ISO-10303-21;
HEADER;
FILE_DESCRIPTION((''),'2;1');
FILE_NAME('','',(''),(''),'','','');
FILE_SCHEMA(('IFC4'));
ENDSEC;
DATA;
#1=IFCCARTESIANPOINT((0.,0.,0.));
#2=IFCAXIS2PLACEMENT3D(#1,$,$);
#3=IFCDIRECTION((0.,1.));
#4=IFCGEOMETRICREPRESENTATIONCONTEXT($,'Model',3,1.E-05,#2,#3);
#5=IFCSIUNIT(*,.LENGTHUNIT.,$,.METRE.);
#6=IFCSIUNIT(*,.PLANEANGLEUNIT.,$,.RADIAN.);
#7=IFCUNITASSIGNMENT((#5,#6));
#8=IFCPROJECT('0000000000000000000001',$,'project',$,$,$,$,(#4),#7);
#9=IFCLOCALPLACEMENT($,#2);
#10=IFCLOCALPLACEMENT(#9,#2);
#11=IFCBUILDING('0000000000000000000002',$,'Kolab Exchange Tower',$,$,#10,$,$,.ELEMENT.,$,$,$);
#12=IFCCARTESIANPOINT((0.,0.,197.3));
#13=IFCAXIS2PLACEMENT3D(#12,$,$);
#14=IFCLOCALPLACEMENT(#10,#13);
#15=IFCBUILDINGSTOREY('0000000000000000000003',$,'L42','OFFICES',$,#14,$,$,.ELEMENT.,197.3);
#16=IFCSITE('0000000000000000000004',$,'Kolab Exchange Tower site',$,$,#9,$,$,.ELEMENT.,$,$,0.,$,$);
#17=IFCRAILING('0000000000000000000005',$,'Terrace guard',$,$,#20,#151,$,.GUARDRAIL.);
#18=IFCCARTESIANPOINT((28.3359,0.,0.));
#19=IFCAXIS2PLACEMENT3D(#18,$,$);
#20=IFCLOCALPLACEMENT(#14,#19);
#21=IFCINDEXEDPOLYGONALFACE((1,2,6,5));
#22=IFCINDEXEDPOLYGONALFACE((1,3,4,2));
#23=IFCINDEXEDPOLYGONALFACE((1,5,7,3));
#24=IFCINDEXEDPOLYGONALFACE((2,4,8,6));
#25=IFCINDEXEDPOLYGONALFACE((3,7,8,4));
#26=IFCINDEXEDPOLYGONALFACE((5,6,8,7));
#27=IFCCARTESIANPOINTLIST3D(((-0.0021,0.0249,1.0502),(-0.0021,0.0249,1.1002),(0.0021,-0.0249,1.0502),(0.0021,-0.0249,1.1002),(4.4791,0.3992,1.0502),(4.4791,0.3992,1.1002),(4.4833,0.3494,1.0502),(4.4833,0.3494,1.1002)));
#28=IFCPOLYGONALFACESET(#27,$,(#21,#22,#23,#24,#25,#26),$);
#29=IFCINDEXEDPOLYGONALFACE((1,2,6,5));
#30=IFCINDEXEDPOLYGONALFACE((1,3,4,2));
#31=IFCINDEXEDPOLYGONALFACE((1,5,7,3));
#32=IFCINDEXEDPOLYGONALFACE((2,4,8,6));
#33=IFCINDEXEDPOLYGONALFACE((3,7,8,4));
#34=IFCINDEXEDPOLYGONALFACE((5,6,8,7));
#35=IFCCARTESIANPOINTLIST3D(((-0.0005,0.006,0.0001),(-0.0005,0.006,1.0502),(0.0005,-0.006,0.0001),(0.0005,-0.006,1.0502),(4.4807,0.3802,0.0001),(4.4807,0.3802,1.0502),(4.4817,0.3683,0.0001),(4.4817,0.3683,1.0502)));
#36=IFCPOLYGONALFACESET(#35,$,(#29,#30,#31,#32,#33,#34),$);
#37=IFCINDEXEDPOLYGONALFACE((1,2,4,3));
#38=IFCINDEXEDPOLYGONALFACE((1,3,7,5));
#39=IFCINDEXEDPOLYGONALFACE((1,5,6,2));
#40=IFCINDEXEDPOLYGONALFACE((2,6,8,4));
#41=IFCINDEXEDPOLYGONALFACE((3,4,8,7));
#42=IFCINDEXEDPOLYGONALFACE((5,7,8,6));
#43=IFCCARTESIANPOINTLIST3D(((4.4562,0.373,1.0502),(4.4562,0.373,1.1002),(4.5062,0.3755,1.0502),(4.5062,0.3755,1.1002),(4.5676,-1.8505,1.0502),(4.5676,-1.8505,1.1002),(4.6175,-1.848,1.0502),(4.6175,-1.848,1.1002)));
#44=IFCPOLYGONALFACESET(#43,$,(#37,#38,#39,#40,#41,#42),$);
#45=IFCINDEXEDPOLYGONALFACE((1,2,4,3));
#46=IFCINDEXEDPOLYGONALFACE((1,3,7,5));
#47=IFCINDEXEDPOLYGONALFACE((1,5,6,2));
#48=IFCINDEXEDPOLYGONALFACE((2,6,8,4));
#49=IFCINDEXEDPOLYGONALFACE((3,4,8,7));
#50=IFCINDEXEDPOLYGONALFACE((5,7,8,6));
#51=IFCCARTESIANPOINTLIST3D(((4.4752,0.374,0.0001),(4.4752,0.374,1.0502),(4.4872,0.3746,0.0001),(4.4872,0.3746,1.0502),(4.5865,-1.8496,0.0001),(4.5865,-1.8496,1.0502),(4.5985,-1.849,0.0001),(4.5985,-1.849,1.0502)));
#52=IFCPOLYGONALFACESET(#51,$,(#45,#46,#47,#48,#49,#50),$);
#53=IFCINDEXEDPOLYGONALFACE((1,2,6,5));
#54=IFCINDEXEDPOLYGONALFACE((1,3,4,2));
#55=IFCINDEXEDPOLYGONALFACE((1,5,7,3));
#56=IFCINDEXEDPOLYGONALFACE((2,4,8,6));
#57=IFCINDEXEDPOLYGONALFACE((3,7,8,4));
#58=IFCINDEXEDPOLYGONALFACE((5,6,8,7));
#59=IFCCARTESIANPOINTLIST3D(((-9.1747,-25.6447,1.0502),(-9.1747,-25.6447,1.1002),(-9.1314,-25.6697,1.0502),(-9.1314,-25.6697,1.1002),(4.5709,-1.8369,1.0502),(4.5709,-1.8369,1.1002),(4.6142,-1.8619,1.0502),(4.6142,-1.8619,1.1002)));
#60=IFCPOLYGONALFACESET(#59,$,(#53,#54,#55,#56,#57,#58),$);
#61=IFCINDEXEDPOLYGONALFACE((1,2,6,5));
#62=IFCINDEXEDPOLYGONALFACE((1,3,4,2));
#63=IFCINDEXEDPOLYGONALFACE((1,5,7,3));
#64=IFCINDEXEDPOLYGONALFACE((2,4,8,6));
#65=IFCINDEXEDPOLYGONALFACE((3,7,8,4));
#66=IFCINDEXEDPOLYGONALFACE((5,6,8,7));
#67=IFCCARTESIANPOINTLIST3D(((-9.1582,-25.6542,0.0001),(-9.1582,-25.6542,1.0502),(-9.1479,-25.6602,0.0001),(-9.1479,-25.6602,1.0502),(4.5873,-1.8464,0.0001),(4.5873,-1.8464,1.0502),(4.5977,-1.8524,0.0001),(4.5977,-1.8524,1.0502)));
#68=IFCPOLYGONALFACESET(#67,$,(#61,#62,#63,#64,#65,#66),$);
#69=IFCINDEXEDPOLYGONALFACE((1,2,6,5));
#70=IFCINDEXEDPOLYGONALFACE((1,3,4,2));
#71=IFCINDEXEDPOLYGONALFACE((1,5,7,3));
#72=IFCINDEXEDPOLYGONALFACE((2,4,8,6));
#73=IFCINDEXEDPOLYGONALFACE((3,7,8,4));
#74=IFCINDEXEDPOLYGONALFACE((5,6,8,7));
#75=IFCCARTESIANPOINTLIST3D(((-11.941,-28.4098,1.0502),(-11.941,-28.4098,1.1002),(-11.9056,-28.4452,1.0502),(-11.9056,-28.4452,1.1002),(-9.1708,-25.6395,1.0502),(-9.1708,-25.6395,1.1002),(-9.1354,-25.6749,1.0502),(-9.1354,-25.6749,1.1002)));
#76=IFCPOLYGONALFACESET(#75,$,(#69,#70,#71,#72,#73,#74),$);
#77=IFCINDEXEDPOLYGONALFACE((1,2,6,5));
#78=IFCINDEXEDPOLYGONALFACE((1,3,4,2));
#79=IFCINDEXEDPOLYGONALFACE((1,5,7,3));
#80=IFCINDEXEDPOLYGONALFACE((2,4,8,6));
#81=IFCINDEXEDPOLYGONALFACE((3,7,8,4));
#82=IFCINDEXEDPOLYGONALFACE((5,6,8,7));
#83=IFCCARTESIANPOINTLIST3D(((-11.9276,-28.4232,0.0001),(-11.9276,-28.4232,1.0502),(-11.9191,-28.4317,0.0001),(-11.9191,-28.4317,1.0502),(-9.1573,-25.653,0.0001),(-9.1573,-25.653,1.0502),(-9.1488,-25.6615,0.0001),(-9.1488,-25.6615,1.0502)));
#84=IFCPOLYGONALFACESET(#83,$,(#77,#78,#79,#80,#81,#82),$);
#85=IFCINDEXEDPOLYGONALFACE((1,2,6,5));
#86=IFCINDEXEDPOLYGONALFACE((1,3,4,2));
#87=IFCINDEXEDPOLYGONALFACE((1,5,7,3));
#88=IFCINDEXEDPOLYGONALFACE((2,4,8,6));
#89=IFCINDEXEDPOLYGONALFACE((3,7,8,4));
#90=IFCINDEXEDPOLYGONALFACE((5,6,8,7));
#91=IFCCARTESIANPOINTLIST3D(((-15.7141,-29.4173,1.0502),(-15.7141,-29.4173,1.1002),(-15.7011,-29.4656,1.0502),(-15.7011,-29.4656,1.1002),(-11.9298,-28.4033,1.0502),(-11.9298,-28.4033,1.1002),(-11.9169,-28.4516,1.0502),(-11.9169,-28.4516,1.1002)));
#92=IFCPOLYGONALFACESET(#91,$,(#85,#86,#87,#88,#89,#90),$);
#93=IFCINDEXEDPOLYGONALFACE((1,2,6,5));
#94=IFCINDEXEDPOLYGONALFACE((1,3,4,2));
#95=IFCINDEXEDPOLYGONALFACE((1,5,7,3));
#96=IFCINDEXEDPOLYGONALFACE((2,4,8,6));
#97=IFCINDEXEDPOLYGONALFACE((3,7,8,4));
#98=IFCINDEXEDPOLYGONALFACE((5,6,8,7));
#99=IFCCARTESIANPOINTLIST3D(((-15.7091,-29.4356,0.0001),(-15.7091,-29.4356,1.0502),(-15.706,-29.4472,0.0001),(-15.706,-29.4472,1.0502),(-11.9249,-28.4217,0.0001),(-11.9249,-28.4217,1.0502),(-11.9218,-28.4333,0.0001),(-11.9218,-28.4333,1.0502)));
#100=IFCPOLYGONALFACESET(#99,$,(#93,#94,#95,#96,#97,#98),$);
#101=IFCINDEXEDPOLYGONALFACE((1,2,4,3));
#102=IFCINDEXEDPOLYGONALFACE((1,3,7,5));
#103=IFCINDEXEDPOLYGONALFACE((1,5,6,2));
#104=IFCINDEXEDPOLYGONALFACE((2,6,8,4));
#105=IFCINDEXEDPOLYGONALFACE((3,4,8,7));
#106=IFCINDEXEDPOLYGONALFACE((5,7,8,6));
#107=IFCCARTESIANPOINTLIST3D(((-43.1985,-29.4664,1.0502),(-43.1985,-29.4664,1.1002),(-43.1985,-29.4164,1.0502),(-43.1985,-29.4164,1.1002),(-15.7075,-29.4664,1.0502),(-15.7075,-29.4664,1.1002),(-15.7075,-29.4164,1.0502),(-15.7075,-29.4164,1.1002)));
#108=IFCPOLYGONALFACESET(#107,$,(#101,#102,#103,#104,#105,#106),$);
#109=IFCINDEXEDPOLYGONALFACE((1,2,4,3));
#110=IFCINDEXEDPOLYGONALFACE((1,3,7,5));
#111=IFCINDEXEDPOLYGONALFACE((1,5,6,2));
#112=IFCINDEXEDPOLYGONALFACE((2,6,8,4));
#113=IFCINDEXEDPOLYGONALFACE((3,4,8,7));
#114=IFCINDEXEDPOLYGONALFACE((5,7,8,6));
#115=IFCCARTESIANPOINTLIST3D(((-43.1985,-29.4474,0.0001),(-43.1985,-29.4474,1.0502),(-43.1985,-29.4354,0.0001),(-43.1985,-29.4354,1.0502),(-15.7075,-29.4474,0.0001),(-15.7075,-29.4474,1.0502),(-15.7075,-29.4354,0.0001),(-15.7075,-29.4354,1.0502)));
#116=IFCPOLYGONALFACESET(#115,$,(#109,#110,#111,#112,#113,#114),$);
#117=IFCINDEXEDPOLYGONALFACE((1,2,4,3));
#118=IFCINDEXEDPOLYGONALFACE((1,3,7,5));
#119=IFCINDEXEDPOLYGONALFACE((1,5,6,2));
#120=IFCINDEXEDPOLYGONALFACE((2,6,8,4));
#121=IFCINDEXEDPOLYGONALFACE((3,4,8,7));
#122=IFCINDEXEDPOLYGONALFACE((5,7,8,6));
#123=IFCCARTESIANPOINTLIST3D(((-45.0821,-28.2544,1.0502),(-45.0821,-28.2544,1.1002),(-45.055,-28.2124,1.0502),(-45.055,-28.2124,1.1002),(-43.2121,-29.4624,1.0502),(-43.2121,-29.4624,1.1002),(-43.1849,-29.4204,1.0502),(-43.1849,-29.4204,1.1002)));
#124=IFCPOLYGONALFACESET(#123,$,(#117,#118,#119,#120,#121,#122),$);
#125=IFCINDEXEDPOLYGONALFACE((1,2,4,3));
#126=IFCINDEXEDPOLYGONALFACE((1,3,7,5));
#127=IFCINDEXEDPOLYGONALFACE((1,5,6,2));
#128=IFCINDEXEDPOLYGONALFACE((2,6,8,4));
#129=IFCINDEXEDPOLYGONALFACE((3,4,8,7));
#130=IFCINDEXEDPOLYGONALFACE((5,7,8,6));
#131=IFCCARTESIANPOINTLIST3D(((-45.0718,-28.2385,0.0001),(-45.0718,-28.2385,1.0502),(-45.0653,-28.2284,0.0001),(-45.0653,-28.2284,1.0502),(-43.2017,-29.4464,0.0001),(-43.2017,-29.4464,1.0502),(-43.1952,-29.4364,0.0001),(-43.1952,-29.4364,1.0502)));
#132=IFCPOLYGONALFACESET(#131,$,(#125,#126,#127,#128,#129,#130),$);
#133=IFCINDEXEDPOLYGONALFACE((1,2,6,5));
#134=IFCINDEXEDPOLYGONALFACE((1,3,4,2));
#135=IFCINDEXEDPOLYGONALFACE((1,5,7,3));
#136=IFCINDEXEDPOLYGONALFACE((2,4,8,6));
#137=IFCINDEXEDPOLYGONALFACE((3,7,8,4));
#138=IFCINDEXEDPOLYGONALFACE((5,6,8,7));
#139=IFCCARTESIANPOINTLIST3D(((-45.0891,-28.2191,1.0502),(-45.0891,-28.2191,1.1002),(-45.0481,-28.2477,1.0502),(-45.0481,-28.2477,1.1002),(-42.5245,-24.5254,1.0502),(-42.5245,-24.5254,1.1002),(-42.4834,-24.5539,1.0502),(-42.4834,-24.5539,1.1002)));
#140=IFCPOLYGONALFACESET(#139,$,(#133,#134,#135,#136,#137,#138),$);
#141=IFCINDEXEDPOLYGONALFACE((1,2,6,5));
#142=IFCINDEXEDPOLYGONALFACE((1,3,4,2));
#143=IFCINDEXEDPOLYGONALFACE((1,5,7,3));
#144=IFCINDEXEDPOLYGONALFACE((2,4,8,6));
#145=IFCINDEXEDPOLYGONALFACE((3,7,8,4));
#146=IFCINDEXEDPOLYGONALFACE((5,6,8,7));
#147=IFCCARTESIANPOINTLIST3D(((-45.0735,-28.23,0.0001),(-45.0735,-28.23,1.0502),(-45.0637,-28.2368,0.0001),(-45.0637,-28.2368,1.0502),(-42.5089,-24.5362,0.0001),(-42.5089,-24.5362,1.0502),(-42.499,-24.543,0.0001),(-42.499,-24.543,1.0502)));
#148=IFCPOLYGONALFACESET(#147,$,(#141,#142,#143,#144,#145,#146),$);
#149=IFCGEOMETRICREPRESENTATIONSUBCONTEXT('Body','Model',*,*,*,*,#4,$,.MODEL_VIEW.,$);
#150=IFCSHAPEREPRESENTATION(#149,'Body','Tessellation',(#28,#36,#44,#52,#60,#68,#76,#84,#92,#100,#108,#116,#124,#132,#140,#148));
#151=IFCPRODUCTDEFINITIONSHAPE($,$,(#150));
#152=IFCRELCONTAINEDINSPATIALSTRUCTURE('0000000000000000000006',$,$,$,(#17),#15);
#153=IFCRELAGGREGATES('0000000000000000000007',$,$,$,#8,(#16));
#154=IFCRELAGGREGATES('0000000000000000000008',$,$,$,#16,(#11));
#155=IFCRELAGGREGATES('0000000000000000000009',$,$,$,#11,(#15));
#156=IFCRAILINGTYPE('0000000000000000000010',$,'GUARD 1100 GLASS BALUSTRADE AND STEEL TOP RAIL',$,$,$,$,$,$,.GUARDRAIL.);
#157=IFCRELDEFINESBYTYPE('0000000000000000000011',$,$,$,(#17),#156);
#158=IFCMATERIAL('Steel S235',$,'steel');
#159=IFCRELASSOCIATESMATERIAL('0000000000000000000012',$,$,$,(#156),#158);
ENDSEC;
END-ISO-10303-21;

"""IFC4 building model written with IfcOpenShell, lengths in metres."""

from ifc_helpers import new_model, si_unit, direction, frame, frame_2d, origin, origin_2d, place, context, subcontext, project, spatial, rectangle, extrude, material, type_object, element, save


model = new_model("IFC4")

# Units and contexts
model_context = context("Model", 3, precision=1e-05, world=origin(), true_north=direction((0.0, 1.0)))
body_context = subcontext(model_context, "Body", "Model", "MODEL_VIEW")
ifc_project = project(units=[si_unit("LENGTHUNIT", "METRE"), si_unit("PLANEANGLEUNIT", "RADIAN")], contexts=[model_context])

# Site, building, storey
site_placement = place(None, origin())
site = spatial("IfcSite", under=ifc_project, at=site_placement, Name="Kolab Exchange Tower site", CompositionType="ELEMENT", RefElevation=0.0)
building_placement = place(site_placement, origin())
building = spatial("IfcBuilding", under=site, at=building_placement, Name="Kolab Exchange Tower", CompositionType="ELEMENT")
storey_placement = place(building_placement, frame((0.0, 0.0, 197.3)))
storey = spatial("IfcBuildingStorey", under=building, at=storey_placement, Name="L42", Description="OFFICES", CompositionType="ELEMENT", Elevation=197.3)

# Railing
ifc_material_1 = material(Name="Steel S235", Category="steel")
railing_type = type_object("IfcRailingType", Name="GUARD 1100 GLASS BALUSTRADE AND STEEL TOP RAIL", PredefinedType="GUARDRAIL", material=ifc_material_1)
railing_1_placement = place(storey_placement, frame((28.3359, 0.0, 0.0)))
element("IfcRailing", 1, at=railing_1_placement, inside=storey, type_object=railing_type, Name="Terrace guard", PredefinedType="GUARDRAIL", context=body_context, shape_type="SweptSolid", body=[
    extrude(rectangle(XDim=0.05, YDim=0.05, at=origin_2d()), frame((0.0, 0.0, 1.0752), z_axis=(0.99653, 0.08323, 0.0), x_axis=(-0.08323, 0.99653, 0.0)), (0.0, 0.0, 1.0), 4.4968),
    extrude(rectangle(XDim=0.012, YDim=1.0501, at=frame_2d((0.0, 0.5251))), frame((0.0, 0.0, 0.0), z_axis=(0.99653, 0.08323, 0.0), x_axis=(-0.08323, 0.99653, 0.0)), (0.0, 0.0, 1.0), 4.4968),
    extrude(rectangle(XDim=0.05, YDim=0.05, at=origin_2d()), frame((4.4812, 0.3743, 1.0752), z_axis=(0.050003, -0.998749, 0.0), x_axis=(0.998749, 0.050003, 0.0)), (0.0, 0.0, 1.0), 2.2263),
    extrude(rectangle(XDim=0.012, YDim=1.0501, at=frame_2d((0.0, 0.5251))), frame((4.4812, 0.3743, 0.0), z_axis=(0.050003, -0.998749, 0.0), x_axis=(0.998749, 0.050003, 0.0)), (0.0, 0.0, 1.0), 2.2263),
    extrude(rectangle(XDim=0.05, YDim=0.05, at=origin_2d()), frame((4.5925, -1.8494, 1.0752), z_axis=(-0.500004, -0.866023, 0.0), x_axis=(0.866023, -0.500004, 0.0)), (0.0, 0.0, 1.0), 27.491),
    extrude(rectangle(XDim=0.012, YDim=1.0501, at=frame_2d((0.0, 0.5251))), frame((4.5925, -1.8494, 0.0), z_axis=(-0.500004, -0.866023, 0.0), x_axis=(0.866023, -0.500004, 0.0)), (0.0, 0.0, 1.0), 27.491),
    extrude(rectangle(XDim=0.05, YDim=0.05, at=origin_2d()), frame((-9.1531, -25.6572, 1.0752), z_axis=(-0.707107, -0.707107, 0.0), x_axis=(0.707107, -0.707107, 0.0)), (0.0, 0.0, 1.0), 3.9177),
    extrude(rectangle(XDim=0.012, YDim=1.0501, at=frame_2d((0.0, 0.5251))), frame((-9.1531, -25.6572, 0.0), z_axis=(-0.707107, -0.707107, 0.0), x_axis=(0.707107, -0.707107, 0.0)), (0.0, 0.0, 1.0), 3.9177),
    extrude(rectangle(XDim=0.05, YDim=0.05, at=origin_2d()), frame((-11.9233, -28.4275, 1.0752), z_axis=(-0.965929, -0.258807, 0.0), x_axis=(0.258807, -0.965929, 0.0)), (0.0, 0.0, 1.0), 3.9177),
    extrude(rectangle(XDim=0.012, YDim=1.0501, at=frame_2d((0.0, 0.5251))), frame((-11.9233, -28.4275, 0.0), z_axis=(-0.965929, -0.258807, 0.0), x_axis=(0.258807, -0.965929, 0.0)), (0.0, 0.0, 1.0), 3.9177),
    extrude(rectangle(XDim=0.05, YDim=0.05, at=origin_2d()), frame((-15.7075, -29.4414, 1.0752), z_axis=(-1.0, 0.0, 0.0), x_axis=(0.0, -1.0, 0.0)), (0.0, 0.0, 1.0), 27.491),
    extrude(rectangle(XDim=0.012, YDim=1.0501, at=frame_2d((0.0, 0.5251))), frame((-15.7075, -29.4414, 0.0), z_axis=(-1.0, 0.0, 0.0), x_axis=(0.0, -1.0, 0.0)), (0.0, 0.0, 1.0), 27.491),
    extrude(rectangle(XDim=0.05, YDim=0.05, at=origin_2d()), frame((-43.1985, -29.4414, 1.0752), z_axis=(-0.839994, 0.542596, 0.0), x_axis=(-0.542596, -0.839994, 0.0)), (0.0, 0.0, 1.0), 2.2263),
    extrude(rectangle(XDim=0.012, YDim=1.0501, at=frame_2d((0.0, 0.5251))), frame((-43.1985, -29.4414, 0.0), z_axis=(-0.839994, 0.542596, 0.0), x_axis=(-0.542596, -0.839994, 0.0)), (0.0, 0.0, 1.0), 2.2263),
    extrude(rectangle(XDim=0.05, YDim=0.05, at=origin_2d()), frame((-45.0686, -28.2334, 1.0752), z_axis=(0.570325, 0.821419, 0.0), x_axis=(-0.821419, 0.570325, 0.0)), (0.0, 0.0, 1.0), 4.4968),
    extrude(rectangle(XDim=0.012, YDim=1.0501, at=frame_2d((0.0, 0.5251))), frame((-45.0686, -28.2334, 0.0), z_axis=(0.570325, 0.821419, 0.0), x_axis=(-0.821419, 0.570325, 0.0)), (0.0, 0.0, 1.0), 4.4968),
])

save(model, "model.ifc")
